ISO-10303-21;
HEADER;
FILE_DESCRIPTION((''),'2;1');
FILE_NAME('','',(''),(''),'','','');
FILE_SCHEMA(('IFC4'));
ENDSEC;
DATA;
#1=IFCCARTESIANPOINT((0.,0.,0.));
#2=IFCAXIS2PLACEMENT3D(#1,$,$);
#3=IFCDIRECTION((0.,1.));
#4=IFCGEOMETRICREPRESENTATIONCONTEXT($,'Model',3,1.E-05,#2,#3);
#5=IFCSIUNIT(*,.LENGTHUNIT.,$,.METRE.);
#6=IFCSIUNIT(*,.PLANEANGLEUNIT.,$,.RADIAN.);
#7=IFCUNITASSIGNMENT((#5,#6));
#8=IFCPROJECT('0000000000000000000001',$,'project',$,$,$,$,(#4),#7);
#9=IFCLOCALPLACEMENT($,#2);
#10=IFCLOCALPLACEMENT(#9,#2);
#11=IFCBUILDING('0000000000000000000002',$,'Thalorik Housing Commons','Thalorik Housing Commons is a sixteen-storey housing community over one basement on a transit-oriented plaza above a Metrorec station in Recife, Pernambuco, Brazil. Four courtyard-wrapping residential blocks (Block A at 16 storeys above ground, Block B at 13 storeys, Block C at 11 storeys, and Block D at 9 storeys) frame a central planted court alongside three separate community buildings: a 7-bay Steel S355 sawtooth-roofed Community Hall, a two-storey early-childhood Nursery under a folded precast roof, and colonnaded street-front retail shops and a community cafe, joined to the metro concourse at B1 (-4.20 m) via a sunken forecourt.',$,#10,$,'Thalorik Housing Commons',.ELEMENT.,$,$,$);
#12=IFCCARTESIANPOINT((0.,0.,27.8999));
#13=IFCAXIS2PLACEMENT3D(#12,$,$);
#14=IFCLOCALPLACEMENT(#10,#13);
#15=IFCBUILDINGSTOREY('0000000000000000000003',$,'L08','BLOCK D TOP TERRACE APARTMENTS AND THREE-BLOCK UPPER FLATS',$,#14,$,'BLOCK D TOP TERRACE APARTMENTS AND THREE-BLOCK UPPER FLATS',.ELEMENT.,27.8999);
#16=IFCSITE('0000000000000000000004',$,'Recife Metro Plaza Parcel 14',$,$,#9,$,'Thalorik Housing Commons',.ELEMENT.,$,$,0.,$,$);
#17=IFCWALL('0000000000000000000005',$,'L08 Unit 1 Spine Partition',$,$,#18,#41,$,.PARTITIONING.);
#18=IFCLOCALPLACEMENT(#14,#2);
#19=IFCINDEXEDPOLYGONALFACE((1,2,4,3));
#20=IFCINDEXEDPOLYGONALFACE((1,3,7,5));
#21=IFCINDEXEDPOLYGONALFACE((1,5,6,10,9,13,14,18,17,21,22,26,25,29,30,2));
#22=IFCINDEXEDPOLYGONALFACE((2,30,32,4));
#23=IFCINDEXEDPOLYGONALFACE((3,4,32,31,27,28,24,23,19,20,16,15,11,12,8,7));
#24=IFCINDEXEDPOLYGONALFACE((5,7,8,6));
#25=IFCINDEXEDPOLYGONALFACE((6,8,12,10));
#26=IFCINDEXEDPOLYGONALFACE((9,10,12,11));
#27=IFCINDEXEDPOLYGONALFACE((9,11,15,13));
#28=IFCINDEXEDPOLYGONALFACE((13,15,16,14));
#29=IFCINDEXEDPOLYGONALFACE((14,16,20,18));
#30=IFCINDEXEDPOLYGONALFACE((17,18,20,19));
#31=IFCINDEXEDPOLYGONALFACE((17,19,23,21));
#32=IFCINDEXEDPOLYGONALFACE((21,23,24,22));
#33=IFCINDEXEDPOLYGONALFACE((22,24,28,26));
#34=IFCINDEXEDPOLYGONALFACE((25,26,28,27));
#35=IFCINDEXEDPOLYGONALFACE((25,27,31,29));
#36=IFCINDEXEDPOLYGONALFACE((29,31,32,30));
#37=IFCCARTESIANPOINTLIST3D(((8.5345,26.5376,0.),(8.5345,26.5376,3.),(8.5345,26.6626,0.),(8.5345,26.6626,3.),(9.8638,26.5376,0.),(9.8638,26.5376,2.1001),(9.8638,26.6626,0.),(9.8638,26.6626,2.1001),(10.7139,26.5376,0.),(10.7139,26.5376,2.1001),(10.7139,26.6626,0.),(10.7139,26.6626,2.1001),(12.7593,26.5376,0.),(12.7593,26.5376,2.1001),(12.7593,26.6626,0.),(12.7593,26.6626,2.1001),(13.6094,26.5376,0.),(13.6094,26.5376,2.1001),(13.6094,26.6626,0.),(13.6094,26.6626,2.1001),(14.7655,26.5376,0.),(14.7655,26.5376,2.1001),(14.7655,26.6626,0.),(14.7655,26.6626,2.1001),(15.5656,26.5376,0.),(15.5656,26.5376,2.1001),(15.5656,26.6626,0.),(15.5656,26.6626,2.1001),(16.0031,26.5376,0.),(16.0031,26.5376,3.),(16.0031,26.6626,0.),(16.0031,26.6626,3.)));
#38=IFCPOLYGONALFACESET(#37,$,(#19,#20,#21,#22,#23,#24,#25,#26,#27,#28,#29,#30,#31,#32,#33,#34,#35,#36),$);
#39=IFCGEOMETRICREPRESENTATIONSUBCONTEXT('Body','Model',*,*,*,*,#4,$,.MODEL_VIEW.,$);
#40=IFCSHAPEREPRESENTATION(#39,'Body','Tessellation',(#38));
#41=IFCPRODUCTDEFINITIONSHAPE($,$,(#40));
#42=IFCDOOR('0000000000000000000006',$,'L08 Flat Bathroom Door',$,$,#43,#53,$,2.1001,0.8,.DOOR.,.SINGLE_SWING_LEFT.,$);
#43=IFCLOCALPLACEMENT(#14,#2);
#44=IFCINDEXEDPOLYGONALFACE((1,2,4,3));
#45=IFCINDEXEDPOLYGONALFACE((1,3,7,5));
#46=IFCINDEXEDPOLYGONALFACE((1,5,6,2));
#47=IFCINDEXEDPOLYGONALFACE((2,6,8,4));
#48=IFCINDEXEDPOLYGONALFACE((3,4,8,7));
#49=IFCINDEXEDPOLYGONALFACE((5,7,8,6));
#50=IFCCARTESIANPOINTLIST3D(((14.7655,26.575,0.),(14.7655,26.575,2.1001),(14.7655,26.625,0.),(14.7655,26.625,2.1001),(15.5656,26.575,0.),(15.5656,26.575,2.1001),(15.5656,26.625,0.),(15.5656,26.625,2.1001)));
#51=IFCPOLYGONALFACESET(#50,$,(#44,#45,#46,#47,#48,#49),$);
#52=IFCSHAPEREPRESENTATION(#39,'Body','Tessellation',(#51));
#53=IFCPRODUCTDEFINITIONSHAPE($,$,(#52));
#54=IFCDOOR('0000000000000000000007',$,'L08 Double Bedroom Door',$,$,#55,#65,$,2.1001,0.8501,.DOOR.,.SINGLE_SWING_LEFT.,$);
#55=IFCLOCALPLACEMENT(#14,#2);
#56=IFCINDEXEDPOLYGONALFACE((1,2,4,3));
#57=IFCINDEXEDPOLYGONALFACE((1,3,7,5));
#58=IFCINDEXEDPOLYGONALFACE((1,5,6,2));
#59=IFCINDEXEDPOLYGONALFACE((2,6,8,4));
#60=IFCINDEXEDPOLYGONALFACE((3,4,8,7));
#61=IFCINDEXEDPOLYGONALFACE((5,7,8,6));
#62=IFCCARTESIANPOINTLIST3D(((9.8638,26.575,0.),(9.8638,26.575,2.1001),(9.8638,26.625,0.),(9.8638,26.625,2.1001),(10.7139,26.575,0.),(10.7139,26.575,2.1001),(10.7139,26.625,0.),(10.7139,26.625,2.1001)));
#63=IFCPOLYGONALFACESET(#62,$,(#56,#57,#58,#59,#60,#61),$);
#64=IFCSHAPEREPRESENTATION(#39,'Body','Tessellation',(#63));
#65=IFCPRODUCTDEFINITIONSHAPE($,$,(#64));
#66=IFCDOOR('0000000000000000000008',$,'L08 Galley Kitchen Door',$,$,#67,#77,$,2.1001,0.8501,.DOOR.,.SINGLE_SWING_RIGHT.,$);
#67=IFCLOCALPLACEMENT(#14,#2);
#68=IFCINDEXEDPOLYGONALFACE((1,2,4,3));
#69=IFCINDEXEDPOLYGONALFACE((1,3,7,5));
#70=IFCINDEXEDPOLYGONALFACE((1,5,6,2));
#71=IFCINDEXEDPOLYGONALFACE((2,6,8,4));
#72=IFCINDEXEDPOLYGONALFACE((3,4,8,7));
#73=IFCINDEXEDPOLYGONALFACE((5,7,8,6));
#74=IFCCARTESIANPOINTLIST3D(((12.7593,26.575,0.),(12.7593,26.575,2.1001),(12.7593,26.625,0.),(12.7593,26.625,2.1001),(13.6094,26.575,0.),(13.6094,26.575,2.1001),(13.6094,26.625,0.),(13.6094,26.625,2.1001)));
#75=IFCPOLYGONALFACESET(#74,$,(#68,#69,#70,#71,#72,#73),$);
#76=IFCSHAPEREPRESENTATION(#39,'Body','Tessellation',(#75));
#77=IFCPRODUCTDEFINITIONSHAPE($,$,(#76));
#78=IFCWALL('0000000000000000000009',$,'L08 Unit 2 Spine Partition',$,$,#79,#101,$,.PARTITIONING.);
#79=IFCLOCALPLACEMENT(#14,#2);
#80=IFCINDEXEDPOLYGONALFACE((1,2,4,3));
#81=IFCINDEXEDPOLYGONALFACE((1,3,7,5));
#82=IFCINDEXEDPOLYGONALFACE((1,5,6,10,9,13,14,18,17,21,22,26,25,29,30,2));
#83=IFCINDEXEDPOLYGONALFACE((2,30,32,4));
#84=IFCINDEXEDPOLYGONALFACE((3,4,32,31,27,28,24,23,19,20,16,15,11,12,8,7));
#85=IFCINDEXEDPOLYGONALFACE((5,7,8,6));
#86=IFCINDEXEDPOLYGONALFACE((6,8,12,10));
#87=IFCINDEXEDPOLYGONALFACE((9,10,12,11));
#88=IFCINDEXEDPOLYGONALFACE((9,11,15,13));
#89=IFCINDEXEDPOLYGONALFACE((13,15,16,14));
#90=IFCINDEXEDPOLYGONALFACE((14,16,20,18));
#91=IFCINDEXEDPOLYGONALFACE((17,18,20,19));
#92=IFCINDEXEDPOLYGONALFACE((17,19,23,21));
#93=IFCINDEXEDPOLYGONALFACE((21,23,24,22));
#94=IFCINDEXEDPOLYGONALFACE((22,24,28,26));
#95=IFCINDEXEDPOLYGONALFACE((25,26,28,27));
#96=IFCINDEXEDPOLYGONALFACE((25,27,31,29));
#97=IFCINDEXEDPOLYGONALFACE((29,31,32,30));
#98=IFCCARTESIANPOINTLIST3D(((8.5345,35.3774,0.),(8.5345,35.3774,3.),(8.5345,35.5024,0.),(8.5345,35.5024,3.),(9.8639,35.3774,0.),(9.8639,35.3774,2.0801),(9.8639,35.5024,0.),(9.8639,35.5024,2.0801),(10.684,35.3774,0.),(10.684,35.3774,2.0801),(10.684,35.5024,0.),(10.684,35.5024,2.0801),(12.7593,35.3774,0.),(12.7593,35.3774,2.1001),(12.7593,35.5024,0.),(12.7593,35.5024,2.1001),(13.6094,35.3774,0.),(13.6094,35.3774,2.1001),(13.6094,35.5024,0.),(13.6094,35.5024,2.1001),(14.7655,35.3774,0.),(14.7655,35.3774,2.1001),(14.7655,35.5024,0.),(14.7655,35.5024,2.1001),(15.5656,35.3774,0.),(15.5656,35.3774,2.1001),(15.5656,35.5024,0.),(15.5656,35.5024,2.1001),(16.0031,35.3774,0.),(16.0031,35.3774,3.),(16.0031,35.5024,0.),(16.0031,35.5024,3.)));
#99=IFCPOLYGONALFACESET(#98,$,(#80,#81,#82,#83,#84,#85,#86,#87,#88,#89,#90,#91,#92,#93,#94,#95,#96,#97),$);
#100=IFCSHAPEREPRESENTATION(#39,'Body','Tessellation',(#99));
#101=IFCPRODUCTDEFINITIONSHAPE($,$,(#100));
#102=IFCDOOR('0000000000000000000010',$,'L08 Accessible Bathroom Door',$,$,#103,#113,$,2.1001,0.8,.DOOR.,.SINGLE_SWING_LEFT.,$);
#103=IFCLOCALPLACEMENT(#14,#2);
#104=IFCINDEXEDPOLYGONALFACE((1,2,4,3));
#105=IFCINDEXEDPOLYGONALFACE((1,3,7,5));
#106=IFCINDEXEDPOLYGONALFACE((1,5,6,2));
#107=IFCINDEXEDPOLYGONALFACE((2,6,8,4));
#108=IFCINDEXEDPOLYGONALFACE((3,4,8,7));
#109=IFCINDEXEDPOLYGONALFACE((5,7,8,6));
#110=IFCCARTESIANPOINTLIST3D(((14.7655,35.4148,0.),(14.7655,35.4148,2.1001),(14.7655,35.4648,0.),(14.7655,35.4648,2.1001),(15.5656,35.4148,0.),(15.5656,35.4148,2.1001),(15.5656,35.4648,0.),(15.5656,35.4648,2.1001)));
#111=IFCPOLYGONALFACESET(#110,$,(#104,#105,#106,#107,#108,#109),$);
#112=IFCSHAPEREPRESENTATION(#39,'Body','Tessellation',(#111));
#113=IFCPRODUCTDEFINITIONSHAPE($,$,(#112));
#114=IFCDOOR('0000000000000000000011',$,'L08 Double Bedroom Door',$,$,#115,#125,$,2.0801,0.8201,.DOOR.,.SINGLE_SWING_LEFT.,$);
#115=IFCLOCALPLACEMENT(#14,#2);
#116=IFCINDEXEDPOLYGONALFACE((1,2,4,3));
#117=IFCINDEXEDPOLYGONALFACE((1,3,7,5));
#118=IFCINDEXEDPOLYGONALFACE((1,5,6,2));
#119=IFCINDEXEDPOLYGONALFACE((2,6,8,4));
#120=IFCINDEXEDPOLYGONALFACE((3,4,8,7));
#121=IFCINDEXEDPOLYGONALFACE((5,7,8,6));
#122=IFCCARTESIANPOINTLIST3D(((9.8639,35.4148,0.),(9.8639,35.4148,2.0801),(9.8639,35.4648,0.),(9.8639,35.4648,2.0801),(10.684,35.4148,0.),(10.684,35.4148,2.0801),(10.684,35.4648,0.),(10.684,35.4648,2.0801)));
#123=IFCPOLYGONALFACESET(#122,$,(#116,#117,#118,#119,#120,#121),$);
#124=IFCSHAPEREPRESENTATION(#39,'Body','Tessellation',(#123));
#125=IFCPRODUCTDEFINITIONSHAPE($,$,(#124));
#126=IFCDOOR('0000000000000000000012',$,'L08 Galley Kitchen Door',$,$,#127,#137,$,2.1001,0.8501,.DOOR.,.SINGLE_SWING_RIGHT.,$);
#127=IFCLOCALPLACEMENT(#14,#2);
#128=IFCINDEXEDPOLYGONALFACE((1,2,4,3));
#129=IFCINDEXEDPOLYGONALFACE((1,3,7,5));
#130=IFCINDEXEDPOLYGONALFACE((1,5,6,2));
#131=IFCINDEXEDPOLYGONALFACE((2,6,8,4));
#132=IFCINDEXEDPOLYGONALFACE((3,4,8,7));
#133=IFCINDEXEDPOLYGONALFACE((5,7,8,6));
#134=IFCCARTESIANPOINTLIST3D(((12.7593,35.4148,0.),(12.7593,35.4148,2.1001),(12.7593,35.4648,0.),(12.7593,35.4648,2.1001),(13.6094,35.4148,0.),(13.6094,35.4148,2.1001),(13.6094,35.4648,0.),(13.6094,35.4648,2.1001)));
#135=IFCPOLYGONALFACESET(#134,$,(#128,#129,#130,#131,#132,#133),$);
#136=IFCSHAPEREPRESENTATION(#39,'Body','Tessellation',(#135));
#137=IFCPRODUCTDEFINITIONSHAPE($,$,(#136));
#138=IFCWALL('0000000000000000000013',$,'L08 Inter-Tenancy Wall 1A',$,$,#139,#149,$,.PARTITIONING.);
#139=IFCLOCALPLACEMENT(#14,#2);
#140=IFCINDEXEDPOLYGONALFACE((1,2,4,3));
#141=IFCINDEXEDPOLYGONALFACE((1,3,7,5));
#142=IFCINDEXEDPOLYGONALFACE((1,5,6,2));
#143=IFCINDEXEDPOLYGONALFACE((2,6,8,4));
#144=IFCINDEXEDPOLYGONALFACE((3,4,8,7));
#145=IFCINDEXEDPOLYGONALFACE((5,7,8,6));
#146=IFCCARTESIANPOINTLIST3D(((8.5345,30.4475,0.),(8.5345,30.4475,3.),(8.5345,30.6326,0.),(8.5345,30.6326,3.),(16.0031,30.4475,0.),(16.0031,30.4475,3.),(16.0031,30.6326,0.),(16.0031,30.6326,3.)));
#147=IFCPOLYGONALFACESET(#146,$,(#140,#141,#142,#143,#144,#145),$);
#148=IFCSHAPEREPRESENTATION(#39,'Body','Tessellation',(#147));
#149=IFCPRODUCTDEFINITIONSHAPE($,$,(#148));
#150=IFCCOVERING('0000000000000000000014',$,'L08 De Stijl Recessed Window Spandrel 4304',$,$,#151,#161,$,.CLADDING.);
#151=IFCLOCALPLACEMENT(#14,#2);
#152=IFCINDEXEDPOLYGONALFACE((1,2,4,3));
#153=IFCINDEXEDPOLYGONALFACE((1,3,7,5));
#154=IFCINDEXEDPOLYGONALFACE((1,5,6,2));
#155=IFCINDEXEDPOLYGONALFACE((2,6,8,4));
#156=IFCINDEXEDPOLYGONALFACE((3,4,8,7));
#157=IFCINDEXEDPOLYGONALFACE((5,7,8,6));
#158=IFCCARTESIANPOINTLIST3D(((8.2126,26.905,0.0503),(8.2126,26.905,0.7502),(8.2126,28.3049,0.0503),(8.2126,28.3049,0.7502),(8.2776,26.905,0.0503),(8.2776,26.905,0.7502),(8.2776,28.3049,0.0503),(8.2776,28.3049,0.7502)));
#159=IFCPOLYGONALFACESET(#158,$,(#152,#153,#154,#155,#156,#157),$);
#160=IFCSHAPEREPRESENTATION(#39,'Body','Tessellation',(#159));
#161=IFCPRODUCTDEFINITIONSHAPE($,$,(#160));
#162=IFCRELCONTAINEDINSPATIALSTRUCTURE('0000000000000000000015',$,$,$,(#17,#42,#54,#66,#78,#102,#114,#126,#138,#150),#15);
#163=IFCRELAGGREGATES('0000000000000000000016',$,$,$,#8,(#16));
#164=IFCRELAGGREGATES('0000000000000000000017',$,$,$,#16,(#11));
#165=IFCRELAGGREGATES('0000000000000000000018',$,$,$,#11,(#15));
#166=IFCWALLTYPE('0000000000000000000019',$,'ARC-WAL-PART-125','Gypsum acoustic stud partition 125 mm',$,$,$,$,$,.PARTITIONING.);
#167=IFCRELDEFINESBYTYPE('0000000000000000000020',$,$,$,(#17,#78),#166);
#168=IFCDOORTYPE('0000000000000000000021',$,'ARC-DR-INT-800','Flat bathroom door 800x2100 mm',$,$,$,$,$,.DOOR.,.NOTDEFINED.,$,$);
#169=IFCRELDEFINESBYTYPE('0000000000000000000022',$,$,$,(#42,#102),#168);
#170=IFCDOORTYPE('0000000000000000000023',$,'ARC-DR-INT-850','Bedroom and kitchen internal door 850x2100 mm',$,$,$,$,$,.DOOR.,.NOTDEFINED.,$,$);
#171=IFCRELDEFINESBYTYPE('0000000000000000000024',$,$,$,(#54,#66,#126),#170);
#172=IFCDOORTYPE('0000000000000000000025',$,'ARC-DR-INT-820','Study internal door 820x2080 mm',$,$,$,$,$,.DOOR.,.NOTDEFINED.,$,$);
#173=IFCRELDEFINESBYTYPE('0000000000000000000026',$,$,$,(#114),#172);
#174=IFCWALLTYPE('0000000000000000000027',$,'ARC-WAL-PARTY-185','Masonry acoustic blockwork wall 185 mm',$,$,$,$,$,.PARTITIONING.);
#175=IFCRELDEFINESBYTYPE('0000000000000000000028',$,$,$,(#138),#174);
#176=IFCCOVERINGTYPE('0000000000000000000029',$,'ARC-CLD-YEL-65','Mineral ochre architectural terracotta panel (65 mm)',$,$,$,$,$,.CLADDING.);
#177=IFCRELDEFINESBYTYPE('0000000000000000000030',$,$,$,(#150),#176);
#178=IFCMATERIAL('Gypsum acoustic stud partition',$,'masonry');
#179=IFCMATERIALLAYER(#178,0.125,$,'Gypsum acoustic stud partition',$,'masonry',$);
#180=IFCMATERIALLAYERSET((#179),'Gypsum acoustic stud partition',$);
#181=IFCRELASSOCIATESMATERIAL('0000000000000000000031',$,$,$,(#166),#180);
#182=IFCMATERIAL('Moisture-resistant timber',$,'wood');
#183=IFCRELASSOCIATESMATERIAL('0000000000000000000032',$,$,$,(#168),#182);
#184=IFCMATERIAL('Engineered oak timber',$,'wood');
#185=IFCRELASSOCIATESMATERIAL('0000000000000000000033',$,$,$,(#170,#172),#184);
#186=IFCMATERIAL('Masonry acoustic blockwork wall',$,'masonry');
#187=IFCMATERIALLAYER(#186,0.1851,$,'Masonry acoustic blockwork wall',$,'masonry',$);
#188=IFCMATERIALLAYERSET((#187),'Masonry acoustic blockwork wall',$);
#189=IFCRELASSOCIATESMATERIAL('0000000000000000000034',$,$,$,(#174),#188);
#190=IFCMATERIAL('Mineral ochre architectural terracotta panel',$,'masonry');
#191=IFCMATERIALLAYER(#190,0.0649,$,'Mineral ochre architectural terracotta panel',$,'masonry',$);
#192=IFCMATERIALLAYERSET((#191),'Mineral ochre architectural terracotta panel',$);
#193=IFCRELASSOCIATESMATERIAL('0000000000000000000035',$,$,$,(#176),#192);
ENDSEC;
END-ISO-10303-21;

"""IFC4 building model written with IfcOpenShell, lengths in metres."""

from ifc_helpers import new_model, si_unit, direction, frame, frame_2d, origin, origin_2d, place, context, subcontext, project, spatial, rectangle, extrude, material, layer, layer_set, type_object, element, fill, save


model = new_model("IFC4")

# Units and contexts
model_context = context("Model", 3, precision=1e-05, world=origin(), true_north=direction((0.0, 1.0)))
body_context = subcontext(model_context, "Body", "Model", "MODEL_VIEW")
ifc_project = project(units=[si_unit("LENGTHUNIT", "METRE"), si_unit("PLANEANGLEUNIT", "RADIAN")], contexts=[model_context])

# Site, building, storey
site_placement = place(None, origin())
site = spatial("IfcSite", under=ifc_project, at=site_placement, Name="Recife Metro Plaza Parcel 14", LongName="Thalorik Housing Commons", CompositionType="ELEMENT", RefElevation=0.0)
building_placement = place(site_placement, origin())
building = spatial("IfcBuilding", under=site, at=building_placement, Name="Thalorik Housing Commons", Description="Thalorik Housing Commons is a sixteen-storey housing community over one basement on a transit-oriented plaza above a Metrorec station in Recife, Pernambuco, Brazil. Four courtyard-wrapping residential blocks (Block A at 16 storeys above ground, Block B at 13 storeys, Block C at 11 storeys, and Block D at 9 storeys) frame a central planted court alongside three separate community buildings: a 7-bay Steel S355 sawtooth-roofed Community Hall, a two-storey early-childhood Nursery under a folded precast roof, and colonnaded street-front retail shops and a community cafe, joined to the metro concourse at B1 (-4.20 m) via a sunken forecourt.", LongName="Thalorik Housing Commons", CompositionType="ELEMENT")
storey_placement = place(building_placement, frame((0.0, 0.0, 27.8999)))
storey = spatial("IfcBuildingStorey", under=building, at=storey_placement, Name="L08", Description="BLOCK D TOP TERRACE APARTMENTS AND THREE-BLOCK UPPER FLATS", LongName="BLOCK D TOP TERRACE APARTMENTS AND THREE-BLOCK UPPER FLATS", CompositionType="ELEMENT", Elevation=27.8999)

# Walls, openings, doors
ifc_material_1 = material(Name="Gypsum acoustic stud partition", Category="masonry")
ifc_layer_1 = layer(ifc_material_1, 0.125, Name="Gypsum acoustic stud partition", Category="masonry")
ifc_layer_set_1 = layer_set([ifc_layer_1], Name="Gypsum acoustic stud partition")
wall_type_1 = type_object("IfcWallType", Name="ARC-WAL-PART-125", Description="Gypsum acoustic stud partition 125 mm", PredefinedType="PARTITIONING", material=ifc_layer_set_1)
wall_1_placement = place(storey_placement, frame((8.5344, 26.6001, 0.0), z_axis=(0.0, 0.0, 1.0), x_axis=(1.0, 0.0, 0.0)))
wall_1 = element("IfcWall", 1, at=wall_1_placement, inside=storey, type_object=wall_type_1, Name="L08 Unit 1 Spine Partition", PredefinedType="PARTITIONING", context=body_context, shape_type="SweptSolid", body=[
    extrude(rectangle(XDim=7.4685, YDim=0.125, at=frame_2d((3.7344, 0.0))), origin(), (0.0, 0.0, 1.0), 3.0),
])
opening_1_placement = place(wall_1_placement, frame((1.3293, 0.0, 0.0)))
opening_1 = element("IfcOpeningElement", 2, at=opening_1_placement, cuts=wall_1, PredefinedType="OPENING", context=body_context, shape_type="SweptSolid", body=[
    extrude(rectangle(XDim=0.8501, YDim=2.1001, at=frame_2d((0.425, 1.05))), frame((0.0, 0.0725, 0.0), z_axis=(0.0, -1.0, 0.0), x_axis=(1.0, 0.0, 0.0)), (0.0, 0.0, 1.0), 0.145),
])
opening_2_placement = place(wall_1_placement, frame((4.2249, 0.0, 0.0)))
opening_2 = element("IfcOpeningElement", 3, at=opening_2_placement, cuts=wall_1, PredefinedType="OPENING", context=body_context, shape_type="SweptSolid", body=[
    extrude(rectangle(XDim=0.8501, YDim=2.1001, at=frame_2d((0.425, 1.05))), frame((0.0, 0.0725, 0.0), z_axis=(0.0, -1.0, 0.0), x_axis=(1.0, 0.0, 0.0)), (0.0, 0.0, 1.0), 0.145),
])
opening_3_placement = place(wall_1_placement, frame((6.2312, 0.0, 0.0)))
opening_3 = element("IfcOpeningElement", 4, at=opening_3_placement, cuts=wall_1, PredefinedType="OPENING", context=body_context, shape_type="SweptSolid", body=[
    extrude(rectangle(XDim=0.8, YDim=2.1001, at=frame_2d((0.3999, 1.05))), frame((0.0, 0.0725, 0.0), z_axis=(0.0, -1.0, 0.0), x_axis=(1.0, 0.0, 0.0)), (0.0, 0.0, 1.0), 0.145),
])
ifc_material_2 = material(Name="Moisture-resistant timber", Category="wood")
door_type_1 = type_object("IfcDoorType", Name="ARC-DR-INT-800", Description="Flat bathroom door 800x2100 mm", OperationType="NOTDEFINED", PredefinedType="DOOR", material=ifc_material_2)
door_1_placement = place(opening_3_placement, origin())
door_1 = element("IfcDoor", 5, at=door_1_placement, inside=storey, type_object=door_type_1, Name="L08 Flat Bathroom Door", OperationType="SINGLE_SWING_LEFT", OverallHeight=2.1001, OverallWidth=0.8, PredefinedType="DOOR", context=body_context, shape_type="SweptSolid", body=[
    extrude(rectangle(XDim=0.8, YDim=2.1001, at=frame_2d((0.3999, 1.05))), frame((0.0, 0.0249, 0.0), z_axis=(0.0, -1.0, 0.0), x_axis=(1.0, 0.0, 0.0)), (0.0, 0.0, 1.0), 0.05),
])
fill(opening_3, door_1)
ifc_material_3 = material(Name="Engineered oak timber", Category="wood")
door_type_2 = type_object("IfcDoorType", Name="ARC-DR-INT-850", Description="Bedroom and kitchen internal door 850x2100 mm", OperationType="NOTDEFINED", PredefinedType="DOOR", material=ifc_material_3)
door_2_placement = place(opening_1_placement, origin())
door_2 = element("IfcDoor", 6, at=door_2_placement, inside=storey, type_object=door_type_2, Name="L08 Double Bedroom Door", OperationType="SINGLE_SWING_LEFT", OverallHeight=2.1001, OverallWidth=0.8501, PredefinedType="DOOR", context=body_context, shape_type="SweptSolid", body=[
    extrude(rectangle(XDim=0.8501, YDim=2.1001, at=frame_2d((0.425, 1.05))), frame((0.0, 0.0249, 0.0), z_axis=(0.0, -1.0, 0.0), x_axis=(1.0, 0.0, 0.0)), (0.0, 0.0, 1.0), 0.05),
])
fill(opening_1, door_2)
door_3_placement = place(opening_2_placement, origin())
door_3 = element("IfcDoor", 7, at=door_3_placement, inside=storey, type_object=door_type_2, Name="L08 Galley Kitchen Door", OperationType="SINGLE_SWING_RIGHT", OverallHeight=2.1001, OverallWidth=0.8501, PredefinedType="DOOR", context=body_context, shape_type="SweptSolid", body=[
    extrude(rectangle(XDim=0.8501, YDim=2.1001, at=frame_2d((0.425, 1.05))), frame((0.0, 0.0249, 0.0), z_axis=(0.0, -1.0, 0.0), x_axis=(1.0, 0.0, 0.0)), (0.0, 0.0, 1.0), 0.05),
])
fill(opening_2, door_3)
wall_2_placement = place(storey_placement, frame((8.5344, 35.4399, 0.0), z_axis=(0.0, 0.0, 1.0), x_axis=(1.0, 0.0, 0.0)))
wall_2 = element("IfcWall", 8, at=wall_2_placement, inside=storey, type_object=wall_type_1, Name="L08 Unit 2 Spine Partition", PredefinedType="PARTITIONING", context=body_context, shape_type="SweptSolid", body=[
    extrude(rectangle(XDim=7.4685, YDim=0.125, at=frame_2d((3.7344, 0.0))), origin(), (0.0, 0.0, 1.0), 3.0),
])
opening_4_placement = place(wall_2_placement, frame((1.3293, 0.0, 0.0)))
opening_4 = element("IfcOpeningElement", 9, at=opening_4_placement, cuts=wall_2, PredefinedType="OPENING", context=body_context, shape_type="SweptSolid", body=[
    extrude(rectangle(XDim=0.8201, YDim=2.0801, at=frame_2d((0.4102, 1.04))), frame((0.0, 0.0725, 0.0), z_axis=(0.0, -1.0, 0.0), x_axis=(1.0, 0.0, 0.0)), (0.0, 0.0, 1.0), 0.145),
])
opening_5_placement = place(wall_2_placement, frame((4.2249, 0.0, 0.0)))
opening_5 = element("IfcOpeningElement", 10, at=opening_5_placement, cuts=wall_2, PredefinedType="OPENING", context=body_context, shape_type="SweptSolid", body=[
    extrude(rectangle(XDim=0.8501, YDim=2.1001, at=frame_2d((0.425, 1.05))), frame((0.0, 0.0725, 0.0), z_axis=(0.0, -1.0, 0.0), x_axis=(1.0, 0.0, 0.0)), (0.0, 0.0, 1.0), 0.145),
])
opening_6_placement = place(wall_2_placement, frame((6.2312, 0.0, 0.0)))
opening_6 = element("IfcOpeningElement", 11, at=opening_6_placement, cuts=wall_2, PredefinedType="OPENING", context=body_context, shape_type="SweptSolid", body=[
    extrude(rectangle(XDim=0.8, YDim=2.1001, at=frame_2d((0.3999, 1.05))), frame((0.0, 0.0725, 0.0), z_axis=(0.0, -1.0, 0.0), x_axis=(1.0, 0.0, 0.0)), (0.0, 0.0, 1.0), 0.145),
])
door_4_placement = place(opening_6_placement, origin())
door_4 = element("IfcDoor", 12, at=door_4_placement, inside=storey, type_object=door_type_1, Name="L08 Accessible Bathroom Door", OperationType="SINGLE_SWING_LEFT", OverallHeight=2.1001, OverallWidth=0.8, PredefinedType="DOOR", context=body_context, shape_type="SweptSolid", body=[
    extrude(rectangle(XDim=0.8, YDim=2.1001, at=frame_2d((0.3999, 1.05))), frame((0.0, 0.0249, 0.0), z_axis=(0.0, -1.0, 0.0), x_axis=(1.0, 0.0, 0.0)), (0.0, 0.0, 1.0), 0.05),
])
fill(opening_6, door_4)
door_type_3 = type_object("IfcDoorType", Name="ARC-DR-INT-820", Description="Study internal door 820x2080 mm", OperationType="NOTDEFINED", PredefinedType="DOOR", material=ifc_material_3)
door_5_placement = place(opening_4_placement, origin())
door_5 = element("IfcDoor", 13, at=door_5_placement, inside=storey, type_object=door_type_3, Name="L08 Double Bedroom Door", OperationType="SINGLE_SWING_LEFT", OverallHeight=2.0801, OverallWidth=0.8201, PredefinedType="DOOR", context=body_context, shape_type="SweptSolid", body=[
    extrude(rectangle(XDim=0.8201, YDim=2.0801, at=frame_2d((0.4102, 1.04))), frame((0.0, 0.0249, 0.0), z_axis=(0.0, -1.0, 0.0), x_axis=(1.0, 0.0, 0.0)), (0.0, 0.0, 1.0), 0.05),
])
fill(opening_4, door_5)
door_6_placement = place(opening_5_placement, origin())
door_6 = element("IfcDoor", 14, at=door_6_placement, inside=storey, type_object=door_type_2, Name="L08 Galley Kitchen Door", OperationType="SINGLE_SWING_RIGHT", OverallHeight=2.1001, OverallWidth=0.8501, PredefinedType="DOOR", context=body_context, shape_type="SweptSolid", body=[
    extrude(rectangle(XDim=0.8501, YDim=2.1001, at=frame_2d((0.425, 1.05))), frame((0.0, 0.0249, 0.0), z_axis=(0.0, -1.0, 0.0), x_axis=(1.0, 0.0, 0.0)), (0.0, 0.0, 1.0), 0.05),
])
fill(opening_5, door_6)

# Wall
ifc_material_4 = material(Name="Masonry acoustic blockwork wall", Category="masonry")
ifc_layer_2 = layer(ifc_material_4, 0.1851, Name="Masonry acoustic blockwork wall", Category="masonry")
ifc_layer_set_2 = layer_set([ifc_layer_2], Name="Masonry acoustic blockwork wall")
wall_type_2 = type_object("IfcWallType", Name="ARC-WAL-PARTY-185", Description="Masonry acoustic blockwork wall 185 mm", PredefinedType="PARTITIONING", material=ifc_layer_set_2)
wall_3_placement = place(storey_placement, frame((8.5344, 30.54, 0.0), z_axis=(0.0, 0.0, 1.0), x_axis=(1.0, 0.0, 0.0)))
element("IfcWall", 15, at=wall_3_placement, inside=storey, type_object=wall_type_2, Name="L08 Inter-Tenancy Wall 1A", PredefinedType="PARTITIONING", context=body_context, shape_type="SweptSolid", body=[
    extrude(rectangle(XDim=7.4685, YDim=0.1851, at=frame_2d((3.7344, 0.0))), origin(), (0.0, 0.0, 1.0), 3.0),
])

# Covering
ifc_material_5 = material(Name="Mineral ochre architectural terracotta panel", Category="masonry")
ifc_layer_3 = layer(ifc_material_5, 0.0649, Name="Mineral ochre architectural terracotta panel", Category="masonry")
ifc_layer_set_3 = layer_set([ifc_layer_3], Name="Mineral ochre architectural terracotta panel")
covering_type_1 = type_object("IfcCoveringType", Name="ARC-CLD-YEL-65", Description="Mineral ochre architectural terracotta panel (65 mm)", PredefinedType="CLADDING", material=ifc_layer_set_3)
covering_1_placement = place(storey_placement, frame((8.2451, 27.605, 0.0503), z_axis=(0.0, 0.0, 1.0), x_axis=(0.0, -1.0, 0.0)))
element("IfcCovering", 16, at=covering_1_placement, inside=storey, type_object=covering_type_1, Name="L08 De Stijl Recessed Window Spandrel 4304", PredefinedType="CLADDING", context=body_context, shape_type="SweptSolid", body=[
    extrude(rectangle(XDim=1.3999, YDim=0.0649, at=origin_2d()), origin(), (0.0, 0.0, 1.0), 0.7),
])

save(model, "model.ifc")
